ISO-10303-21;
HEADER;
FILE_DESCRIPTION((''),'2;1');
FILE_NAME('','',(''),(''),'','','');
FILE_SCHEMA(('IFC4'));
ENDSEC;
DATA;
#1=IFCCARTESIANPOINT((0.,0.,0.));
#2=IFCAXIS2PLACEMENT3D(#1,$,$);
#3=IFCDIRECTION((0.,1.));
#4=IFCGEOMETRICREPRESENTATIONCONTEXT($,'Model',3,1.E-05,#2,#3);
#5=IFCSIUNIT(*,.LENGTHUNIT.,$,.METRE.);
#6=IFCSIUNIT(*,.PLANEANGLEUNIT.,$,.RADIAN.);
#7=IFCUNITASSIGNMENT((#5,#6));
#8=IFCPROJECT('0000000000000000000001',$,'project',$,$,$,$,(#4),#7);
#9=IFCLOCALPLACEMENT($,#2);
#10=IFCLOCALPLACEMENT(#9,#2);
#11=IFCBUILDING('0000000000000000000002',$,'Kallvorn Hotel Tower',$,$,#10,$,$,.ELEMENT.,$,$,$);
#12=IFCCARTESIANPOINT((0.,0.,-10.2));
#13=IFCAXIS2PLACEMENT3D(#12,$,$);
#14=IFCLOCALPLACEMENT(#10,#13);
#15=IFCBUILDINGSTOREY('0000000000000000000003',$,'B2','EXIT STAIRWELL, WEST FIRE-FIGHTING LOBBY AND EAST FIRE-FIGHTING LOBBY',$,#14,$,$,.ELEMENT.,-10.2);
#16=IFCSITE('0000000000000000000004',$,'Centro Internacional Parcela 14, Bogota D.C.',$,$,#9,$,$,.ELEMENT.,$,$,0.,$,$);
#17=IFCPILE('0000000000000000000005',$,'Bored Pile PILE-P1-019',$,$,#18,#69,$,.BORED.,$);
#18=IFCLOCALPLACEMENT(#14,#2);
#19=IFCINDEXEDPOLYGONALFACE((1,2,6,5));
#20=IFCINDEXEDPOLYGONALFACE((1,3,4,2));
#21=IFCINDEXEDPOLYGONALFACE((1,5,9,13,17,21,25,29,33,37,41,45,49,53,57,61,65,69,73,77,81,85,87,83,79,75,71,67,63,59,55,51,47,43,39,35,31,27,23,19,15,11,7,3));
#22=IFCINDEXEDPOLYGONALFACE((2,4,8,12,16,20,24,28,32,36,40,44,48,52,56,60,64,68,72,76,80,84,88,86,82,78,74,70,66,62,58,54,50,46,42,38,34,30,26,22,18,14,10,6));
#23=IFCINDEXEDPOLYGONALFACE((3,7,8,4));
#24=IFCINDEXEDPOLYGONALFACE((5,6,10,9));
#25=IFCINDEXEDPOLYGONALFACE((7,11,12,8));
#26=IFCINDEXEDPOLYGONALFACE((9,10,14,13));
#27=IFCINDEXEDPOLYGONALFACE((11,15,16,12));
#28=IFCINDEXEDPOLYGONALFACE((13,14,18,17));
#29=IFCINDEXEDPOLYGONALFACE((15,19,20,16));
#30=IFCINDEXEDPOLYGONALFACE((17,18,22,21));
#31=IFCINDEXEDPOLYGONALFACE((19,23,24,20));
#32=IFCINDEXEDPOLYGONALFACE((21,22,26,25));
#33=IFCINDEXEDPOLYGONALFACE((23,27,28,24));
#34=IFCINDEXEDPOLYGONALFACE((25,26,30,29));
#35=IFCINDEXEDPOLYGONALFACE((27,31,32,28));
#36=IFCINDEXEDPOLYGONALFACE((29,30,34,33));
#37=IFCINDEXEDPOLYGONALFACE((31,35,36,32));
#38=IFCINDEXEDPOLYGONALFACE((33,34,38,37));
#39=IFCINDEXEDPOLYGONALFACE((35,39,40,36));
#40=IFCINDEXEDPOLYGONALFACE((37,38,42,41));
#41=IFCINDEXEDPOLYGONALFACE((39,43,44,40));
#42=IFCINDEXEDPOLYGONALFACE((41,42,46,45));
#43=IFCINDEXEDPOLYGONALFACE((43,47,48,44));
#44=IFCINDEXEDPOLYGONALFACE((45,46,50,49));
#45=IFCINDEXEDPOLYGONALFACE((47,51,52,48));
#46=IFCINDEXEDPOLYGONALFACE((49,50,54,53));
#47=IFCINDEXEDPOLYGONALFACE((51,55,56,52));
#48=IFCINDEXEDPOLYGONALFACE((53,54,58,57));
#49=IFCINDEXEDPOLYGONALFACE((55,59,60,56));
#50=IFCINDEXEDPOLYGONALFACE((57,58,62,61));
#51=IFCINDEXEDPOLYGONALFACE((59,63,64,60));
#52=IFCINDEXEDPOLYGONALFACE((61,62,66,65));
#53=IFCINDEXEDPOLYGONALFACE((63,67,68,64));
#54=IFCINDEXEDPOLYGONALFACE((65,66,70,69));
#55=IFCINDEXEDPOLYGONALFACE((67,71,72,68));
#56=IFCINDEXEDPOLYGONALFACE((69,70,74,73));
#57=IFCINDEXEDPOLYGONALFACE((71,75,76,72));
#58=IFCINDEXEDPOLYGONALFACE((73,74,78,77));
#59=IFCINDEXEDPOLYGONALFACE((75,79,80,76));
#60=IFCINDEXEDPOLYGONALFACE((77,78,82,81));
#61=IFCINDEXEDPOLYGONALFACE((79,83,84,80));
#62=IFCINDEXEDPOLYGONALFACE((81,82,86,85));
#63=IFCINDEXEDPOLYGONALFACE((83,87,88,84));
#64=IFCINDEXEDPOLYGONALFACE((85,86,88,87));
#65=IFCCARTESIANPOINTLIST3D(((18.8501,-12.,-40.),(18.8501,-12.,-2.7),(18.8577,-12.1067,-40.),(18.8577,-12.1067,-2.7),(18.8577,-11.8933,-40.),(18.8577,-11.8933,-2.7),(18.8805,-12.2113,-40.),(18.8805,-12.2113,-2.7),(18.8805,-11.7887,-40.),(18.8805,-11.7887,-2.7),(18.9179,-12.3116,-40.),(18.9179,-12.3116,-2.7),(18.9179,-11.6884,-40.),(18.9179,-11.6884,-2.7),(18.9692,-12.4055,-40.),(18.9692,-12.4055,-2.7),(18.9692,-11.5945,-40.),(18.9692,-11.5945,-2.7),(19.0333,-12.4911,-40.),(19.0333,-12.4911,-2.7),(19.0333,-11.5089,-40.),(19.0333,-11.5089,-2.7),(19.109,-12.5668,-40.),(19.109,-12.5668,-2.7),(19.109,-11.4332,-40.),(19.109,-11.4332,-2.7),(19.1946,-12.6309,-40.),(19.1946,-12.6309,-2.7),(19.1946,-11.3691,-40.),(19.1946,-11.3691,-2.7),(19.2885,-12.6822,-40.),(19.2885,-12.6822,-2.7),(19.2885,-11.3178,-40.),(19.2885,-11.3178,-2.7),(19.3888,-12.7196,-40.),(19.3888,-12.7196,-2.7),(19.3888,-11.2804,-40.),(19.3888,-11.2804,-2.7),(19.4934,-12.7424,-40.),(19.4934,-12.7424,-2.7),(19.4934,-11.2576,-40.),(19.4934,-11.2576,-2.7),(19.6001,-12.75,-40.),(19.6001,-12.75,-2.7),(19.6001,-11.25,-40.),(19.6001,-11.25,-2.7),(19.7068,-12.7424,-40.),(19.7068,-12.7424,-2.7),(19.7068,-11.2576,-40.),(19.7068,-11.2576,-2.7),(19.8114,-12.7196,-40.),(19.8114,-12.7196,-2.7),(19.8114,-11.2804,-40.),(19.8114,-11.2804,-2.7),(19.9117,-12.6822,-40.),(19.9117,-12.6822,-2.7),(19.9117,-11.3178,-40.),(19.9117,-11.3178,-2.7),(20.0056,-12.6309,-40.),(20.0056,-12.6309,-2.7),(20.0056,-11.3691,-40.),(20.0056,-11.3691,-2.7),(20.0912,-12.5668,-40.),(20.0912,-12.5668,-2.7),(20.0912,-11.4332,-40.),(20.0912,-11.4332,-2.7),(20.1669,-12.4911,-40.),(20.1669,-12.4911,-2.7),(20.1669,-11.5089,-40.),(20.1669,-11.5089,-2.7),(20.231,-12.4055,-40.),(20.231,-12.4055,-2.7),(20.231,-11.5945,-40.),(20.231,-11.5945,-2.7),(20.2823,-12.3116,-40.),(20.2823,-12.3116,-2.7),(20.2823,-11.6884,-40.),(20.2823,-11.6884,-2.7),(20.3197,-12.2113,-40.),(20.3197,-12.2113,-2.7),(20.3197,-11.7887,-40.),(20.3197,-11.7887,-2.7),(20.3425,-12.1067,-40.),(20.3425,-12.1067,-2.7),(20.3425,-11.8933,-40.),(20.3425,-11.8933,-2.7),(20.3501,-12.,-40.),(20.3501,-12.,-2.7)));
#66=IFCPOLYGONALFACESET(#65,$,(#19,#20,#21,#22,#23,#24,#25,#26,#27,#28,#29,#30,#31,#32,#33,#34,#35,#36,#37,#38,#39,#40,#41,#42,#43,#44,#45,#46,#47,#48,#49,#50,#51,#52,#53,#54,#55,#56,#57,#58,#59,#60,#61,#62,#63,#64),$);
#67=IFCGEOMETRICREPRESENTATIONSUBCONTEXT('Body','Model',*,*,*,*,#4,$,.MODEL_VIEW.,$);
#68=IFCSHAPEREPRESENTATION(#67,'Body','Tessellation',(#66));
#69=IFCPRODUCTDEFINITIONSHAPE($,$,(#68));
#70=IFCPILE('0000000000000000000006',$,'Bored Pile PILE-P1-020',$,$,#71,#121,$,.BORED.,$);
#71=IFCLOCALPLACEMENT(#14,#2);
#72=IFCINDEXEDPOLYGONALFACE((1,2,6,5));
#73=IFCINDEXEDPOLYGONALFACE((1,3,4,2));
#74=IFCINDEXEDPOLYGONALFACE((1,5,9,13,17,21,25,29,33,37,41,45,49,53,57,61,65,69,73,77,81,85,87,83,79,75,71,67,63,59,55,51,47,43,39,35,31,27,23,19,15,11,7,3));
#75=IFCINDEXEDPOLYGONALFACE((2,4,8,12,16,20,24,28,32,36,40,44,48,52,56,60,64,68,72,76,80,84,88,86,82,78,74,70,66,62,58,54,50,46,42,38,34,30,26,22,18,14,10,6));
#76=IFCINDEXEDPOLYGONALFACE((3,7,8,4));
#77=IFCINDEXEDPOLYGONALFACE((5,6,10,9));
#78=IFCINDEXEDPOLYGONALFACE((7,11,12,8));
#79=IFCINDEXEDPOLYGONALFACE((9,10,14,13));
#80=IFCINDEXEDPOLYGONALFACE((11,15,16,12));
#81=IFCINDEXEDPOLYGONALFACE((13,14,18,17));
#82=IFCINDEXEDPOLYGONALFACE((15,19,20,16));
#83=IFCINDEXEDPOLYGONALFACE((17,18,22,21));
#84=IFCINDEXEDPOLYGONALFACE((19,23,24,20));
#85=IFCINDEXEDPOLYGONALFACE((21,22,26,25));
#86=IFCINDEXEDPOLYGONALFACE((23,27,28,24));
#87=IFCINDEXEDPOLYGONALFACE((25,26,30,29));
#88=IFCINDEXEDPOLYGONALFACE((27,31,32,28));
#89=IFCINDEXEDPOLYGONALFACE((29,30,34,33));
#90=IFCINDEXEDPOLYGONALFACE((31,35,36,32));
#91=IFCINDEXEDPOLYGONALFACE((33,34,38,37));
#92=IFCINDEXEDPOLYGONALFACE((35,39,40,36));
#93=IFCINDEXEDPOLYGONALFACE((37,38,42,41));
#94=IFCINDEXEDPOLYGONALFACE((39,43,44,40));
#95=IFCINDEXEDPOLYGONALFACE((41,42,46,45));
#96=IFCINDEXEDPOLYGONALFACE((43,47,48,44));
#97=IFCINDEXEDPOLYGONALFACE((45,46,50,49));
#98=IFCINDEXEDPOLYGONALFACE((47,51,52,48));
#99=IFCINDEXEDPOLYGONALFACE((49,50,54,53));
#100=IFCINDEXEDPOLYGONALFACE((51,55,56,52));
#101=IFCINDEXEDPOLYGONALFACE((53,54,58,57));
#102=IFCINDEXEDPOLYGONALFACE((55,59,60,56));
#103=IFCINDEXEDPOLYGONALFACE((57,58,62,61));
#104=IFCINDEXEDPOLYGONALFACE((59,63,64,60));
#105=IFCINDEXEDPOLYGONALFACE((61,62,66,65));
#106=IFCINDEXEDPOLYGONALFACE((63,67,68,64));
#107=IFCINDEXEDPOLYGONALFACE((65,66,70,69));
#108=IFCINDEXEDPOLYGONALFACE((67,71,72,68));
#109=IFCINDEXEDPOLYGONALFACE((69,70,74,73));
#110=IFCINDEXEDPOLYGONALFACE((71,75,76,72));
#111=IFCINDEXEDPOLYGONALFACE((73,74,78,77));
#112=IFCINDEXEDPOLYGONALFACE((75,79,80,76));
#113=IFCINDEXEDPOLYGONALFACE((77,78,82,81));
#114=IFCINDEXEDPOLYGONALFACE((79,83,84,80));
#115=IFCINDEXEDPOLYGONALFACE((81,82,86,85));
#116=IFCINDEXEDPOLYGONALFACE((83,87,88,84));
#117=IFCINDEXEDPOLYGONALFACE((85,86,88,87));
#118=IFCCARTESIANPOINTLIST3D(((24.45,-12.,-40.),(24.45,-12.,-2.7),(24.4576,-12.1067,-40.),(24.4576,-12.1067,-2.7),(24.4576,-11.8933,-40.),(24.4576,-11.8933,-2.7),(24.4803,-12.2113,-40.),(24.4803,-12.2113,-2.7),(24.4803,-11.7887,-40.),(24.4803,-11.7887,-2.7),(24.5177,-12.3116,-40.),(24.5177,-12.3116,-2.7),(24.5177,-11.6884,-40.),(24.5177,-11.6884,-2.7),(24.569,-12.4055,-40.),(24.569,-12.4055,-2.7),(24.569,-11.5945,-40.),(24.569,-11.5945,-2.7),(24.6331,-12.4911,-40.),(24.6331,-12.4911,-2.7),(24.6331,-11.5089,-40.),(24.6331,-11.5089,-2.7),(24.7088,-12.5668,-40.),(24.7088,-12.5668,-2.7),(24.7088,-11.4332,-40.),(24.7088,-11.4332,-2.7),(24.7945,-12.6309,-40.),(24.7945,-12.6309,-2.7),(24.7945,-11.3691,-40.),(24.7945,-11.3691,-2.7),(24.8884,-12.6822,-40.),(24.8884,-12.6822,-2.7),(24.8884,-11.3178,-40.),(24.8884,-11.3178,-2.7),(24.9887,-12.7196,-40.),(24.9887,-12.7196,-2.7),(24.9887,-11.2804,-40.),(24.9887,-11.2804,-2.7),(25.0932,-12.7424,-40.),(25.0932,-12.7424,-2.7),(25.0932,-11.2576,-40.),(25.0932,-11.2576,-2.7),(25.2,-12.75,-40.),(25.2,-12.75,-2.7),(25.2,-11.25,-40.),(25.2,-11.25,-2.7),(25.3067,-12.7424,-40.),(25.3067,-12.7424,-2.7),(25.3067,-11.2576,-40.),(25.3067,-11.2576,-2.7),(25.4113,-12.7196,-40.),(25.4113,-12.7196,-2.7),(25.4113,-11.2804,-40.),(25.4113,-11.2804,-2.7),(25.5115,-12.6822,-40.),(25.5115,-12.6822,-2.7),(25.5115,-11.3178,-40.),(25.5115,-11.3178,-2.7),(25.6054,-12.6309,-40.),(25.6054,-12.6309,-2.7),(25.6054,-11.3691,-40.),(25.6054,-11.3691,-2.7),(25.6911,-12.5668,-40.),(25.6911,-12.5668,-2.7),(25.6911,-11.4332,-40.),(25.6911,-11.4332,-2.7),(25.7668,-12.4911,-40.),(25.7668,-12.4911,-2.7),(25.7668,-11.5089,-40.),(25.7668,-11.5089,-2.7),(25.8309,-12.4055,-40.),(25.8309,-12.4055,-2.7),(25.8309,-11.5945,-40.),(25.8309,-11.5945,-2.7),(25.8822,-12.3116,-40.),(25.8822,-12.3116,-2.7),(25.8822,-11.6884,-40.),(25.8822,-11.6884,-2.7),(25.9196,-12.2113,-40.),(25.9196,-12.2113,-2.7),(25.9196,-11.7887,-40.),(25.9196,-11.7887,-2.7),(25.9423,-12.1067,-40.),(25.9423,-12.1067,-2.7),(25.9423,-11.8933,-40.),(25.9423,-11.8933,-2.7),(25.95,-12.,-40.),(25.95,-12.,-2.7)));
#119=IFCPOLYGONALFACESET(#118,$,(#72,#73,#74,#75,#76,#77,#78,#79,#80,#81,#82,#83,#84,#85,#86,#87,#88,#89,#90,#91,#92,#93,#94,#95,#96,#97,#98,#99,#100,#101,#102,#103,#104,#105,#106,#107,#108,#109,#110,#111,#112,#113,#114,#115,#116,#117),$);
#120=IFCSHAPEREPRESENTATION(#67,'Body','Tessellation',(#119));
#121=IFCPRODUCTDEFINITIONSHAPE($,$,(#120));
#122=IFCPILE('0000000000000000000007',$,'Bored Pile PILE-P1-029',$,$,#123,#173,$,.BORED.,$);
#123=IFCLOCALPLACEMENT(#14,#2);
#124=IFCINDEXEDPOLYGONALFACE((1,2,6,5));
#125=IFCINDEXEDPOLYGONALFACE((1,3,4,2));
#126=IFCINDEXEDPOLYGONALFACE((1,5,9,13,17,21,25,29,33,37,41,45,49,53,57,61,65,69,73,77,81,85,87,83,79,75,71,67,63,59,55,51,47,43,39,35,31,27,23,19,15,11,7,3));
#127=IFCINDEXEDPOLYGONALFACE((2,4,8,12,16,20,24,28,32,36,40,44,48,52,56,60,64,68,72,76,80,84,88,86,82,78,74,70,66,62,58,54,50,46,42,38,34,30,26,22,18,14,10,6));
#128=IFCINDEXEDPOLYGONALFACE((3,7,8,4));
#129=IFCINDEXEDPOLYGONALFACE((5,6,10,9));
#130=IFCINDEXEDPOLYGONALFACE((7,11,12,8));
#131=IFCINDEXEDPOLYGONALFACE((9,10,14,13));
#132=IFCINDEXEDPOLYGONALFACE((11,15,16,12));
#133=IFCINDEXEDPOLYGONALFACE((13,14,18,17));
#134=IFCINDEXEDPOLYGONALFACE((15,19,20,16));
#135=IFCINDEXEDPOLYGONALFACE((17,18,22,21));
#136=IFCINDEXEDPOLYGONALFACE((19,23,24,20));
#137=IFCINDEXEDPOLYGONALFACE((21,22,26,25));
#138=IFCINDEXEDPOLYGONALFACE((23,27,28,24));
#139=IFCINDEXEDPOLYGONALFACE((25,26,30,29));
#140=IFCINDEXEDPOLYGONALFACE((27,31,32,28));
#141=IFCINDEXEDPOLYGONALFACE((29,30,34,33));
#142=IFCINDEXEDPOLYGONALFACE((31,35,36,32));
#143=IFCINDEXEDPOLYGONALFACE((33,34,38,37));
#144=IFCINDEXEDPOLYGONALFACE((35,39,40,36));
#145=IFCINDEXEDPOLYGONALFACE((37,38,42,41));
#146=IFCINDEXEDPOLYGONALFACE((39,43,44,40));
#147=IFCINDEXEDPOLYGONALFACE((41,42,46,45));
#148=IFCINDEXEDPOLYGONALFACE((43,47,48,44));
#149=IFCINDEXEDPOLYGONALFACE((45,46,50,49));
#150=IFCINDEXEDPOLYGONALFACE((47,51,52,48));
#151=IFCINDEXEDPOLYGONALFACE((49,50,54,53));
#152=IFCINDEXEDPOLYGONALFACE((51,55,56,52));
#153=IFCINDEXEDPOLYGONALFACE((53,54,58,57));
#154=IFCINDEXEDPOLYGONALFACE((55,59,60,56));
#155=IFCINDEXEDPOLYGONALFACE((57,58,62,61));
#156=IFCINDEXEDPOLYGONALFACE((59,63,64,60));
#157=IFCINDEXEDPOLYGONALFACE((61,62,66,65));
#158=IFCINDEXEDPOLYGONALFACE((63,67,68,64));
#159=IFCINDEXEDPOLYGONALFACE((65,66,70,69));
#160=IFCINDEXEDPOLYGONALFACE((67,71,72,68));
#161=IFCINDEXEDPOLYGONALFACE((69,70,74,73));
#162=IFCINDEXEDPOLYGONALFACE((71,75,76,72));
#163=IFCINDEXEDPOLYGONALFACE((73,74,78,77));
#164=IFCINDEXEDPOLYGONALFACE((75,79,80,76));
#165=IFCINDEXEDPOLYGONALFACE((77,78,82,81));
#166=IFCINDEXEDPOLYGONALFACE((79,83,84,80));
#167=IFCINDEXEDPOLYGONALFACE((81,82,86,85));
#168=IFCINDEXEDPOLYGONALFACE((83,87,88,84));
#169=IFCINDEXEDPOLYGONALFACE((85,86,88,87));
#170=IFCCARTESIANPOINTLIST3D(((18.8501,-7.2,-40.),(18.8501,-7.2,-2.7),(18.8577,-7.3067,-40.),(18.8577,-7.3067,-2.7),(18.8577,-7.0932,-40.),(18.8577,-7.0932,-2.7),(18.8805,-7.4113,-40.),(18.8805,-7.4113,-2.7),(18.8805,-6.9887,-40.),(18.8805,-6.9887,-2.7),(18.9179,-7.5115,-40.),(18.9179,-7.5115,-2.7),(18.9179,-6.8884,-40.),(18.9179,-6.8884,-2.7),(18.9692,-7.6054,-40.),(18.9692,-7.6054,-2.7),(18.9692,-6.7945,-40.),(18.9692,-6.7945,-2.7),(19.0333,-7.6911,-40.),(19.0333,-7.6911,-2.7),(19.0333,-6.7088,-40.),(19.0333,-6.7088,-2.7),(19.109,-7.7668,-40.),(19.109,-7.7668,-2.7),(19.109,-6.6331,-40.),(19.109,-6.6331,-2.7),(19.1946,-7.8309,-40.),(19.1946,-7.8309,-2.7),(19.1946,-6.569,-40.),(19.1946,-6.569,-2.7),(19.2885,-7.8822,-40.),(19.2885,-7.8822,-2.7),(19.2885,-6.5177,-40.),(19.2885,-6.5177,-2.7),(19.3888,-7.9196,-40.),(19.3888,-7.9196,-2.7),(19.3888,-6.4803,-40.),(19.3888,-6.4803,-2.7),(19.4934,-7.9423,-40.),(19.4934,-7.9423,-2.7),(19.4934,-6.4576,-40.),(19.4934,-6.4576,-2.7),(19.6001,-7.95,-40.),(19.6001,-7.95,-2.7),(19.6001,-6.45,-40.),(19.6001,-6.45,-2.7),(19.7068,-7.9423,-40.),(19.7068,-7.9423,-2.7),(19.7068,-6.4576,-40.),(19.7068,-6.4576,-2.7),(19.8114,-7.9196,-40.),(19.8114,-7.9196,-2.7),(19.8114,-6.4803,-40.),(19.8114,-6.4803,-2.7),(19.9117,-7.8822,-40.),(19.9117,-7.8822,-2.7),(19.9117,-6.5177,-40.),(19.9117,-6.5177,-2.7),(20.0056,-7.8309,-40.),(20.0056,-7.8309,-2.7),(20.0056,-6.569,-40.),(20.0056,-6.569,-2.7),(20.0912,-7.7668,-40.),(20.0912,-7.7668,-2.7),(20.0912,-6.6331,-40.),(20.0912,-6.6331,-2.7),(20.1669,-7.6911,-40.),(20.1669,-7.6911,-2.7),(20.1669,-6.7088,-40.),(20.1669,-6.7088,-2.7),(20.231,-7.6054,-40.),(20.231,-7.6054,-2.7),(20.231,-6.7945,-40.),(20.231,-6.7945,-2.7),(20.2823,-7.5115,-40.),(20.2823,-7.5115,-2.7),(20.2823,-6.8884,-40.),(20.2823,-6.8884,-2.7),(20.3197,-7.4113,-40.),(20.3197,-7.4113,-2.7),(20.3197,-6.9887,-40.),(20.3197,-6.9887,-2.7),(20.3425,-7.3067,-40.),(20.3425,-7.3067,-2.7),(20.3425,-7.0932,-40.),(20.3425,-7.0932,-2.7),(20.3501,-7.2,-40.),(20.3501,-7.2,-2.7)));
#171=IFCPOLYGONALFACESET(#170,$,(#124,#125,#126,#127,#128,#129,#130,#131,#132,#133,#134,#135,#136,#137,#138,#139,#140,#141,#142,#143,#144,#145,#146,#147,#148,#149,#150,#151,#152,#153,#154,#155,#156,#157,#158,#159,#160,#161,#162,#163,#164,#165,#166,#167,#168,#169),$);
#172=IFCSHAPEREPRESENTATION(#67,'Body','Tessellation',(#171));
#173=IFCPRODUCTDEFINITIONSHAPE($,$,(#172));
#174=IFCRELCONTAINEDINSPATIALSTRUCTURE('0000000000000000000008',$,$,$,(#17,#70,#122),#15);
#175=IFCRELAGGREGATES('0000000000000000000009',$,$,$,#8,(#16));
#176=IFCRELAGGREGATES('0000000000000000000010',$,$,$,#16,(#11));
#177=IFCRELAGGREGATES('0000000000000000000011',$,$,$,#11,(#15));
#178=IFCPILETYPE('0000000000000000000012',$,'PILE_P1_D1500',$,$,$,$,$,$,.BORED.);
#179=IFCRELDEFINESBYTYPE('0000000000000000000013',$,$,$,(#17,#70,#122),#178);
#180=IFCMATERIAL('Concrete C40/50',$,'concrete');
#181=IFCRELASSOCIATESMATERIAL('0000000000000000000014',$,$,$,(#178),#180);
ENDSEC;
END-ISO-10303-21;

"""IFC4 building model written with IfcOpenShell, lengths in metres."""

from ifc_helpers import new_model, si_unit, direction, frame, origin, origin_2d, place, context, subcontext, project, spatial, circle, extrude, material, material_profile, profile_set, type_object, element, save


model = new_model("IFC4")

# Units and contexts
model_context = context("Model", 3, precision=1e-05, world=origin(), true_north=direction((0.0, 1.0)))
body_context = subcontext(model_context, "Body", "Model", "MODEL_VIEW")
ifc_project = project(units=[si_unit("LENGTHUNIT", "METRE"), si_unit("PLANEANGLEUNIT", "RADIAN")], contexts=[model_context])

# Site, building, storey
site_placement = place(None, origin())
site = spatial("IfcSite", under=ifc_project, at=site_placement, Name="Centro Internacional Parcela 14, Bogota D.C.", CompositionType="ELEMENT", RefElevation=0.0)
building_placement = place(site_placement, origin())
building = spatial("IfcBuilding", under=site, at=building_placement, Name="Kallvorn Hotel Tower", CompositionType="ELEMENT")
storey_placement = place(building_placement, frame((0.0, 0.0, -10.2)))
storey = spatial("IfcBuildingStorey", under=building, at=storey_placement, Name="B2", Description="EXIT STAIRWELL, WEST FIRE-FIGHTING LOBBY AND EAST FIRE-FIGHTING LOBBY", CompositionType="ELEMENT", Elevation=-10.2)

# Piles
ifc_material_1 = material(Name="Concrete C40/50", Category="concrete")
ifc_material_profile_1 = material_profile(ifc_material_1, circle(Radius=0.75, at=origin_2d()), Name="PILE D1500")
ifc_profile_set_1 = profile_set([ifc_material_profile_1], Name="Concrete C40/50")
pile_type_1 = type_object("IfcPileType", Name="PILE_P1_D1500", PredefinedType="BORED", material=ifc_profile_set_1)
for number, where, z_axis, x_axis, name in (
    (1, (19.6001, -12.0, -2.7), (0.0, 0.0, -1.0), (1.0, 0.0, 0.0), "Bored Pile PILE-P1-019"),
    (2, (25.2, -12.0, -2.7), (0.0, 0.0, -1.0), (1.0, 0.0, 0.0), "Bored Pile PILE-P1-020"),
    (3, (19.6001, -7.2, -2.7), (0.0, 0.0, -1.0), (1.0, 0.0, 0.0), "Bored Pile PILE-P1-029"),
):
    element("IfcPile", number, at=place(storey_placement, frame(where, z_axis=z_axis, x_axis=x_axis)), inside=storey, type_object=pile_type_1, Name=name, PredefinedType="BORED", context=body_context, shape_type="SweptSolid", body=[
        extrude(circle(Radius=0.75, at=origin_2d()), origin(), (0.0, 0.0, 1.0), 37.3),
    ])

save(model, "model.ifc")
